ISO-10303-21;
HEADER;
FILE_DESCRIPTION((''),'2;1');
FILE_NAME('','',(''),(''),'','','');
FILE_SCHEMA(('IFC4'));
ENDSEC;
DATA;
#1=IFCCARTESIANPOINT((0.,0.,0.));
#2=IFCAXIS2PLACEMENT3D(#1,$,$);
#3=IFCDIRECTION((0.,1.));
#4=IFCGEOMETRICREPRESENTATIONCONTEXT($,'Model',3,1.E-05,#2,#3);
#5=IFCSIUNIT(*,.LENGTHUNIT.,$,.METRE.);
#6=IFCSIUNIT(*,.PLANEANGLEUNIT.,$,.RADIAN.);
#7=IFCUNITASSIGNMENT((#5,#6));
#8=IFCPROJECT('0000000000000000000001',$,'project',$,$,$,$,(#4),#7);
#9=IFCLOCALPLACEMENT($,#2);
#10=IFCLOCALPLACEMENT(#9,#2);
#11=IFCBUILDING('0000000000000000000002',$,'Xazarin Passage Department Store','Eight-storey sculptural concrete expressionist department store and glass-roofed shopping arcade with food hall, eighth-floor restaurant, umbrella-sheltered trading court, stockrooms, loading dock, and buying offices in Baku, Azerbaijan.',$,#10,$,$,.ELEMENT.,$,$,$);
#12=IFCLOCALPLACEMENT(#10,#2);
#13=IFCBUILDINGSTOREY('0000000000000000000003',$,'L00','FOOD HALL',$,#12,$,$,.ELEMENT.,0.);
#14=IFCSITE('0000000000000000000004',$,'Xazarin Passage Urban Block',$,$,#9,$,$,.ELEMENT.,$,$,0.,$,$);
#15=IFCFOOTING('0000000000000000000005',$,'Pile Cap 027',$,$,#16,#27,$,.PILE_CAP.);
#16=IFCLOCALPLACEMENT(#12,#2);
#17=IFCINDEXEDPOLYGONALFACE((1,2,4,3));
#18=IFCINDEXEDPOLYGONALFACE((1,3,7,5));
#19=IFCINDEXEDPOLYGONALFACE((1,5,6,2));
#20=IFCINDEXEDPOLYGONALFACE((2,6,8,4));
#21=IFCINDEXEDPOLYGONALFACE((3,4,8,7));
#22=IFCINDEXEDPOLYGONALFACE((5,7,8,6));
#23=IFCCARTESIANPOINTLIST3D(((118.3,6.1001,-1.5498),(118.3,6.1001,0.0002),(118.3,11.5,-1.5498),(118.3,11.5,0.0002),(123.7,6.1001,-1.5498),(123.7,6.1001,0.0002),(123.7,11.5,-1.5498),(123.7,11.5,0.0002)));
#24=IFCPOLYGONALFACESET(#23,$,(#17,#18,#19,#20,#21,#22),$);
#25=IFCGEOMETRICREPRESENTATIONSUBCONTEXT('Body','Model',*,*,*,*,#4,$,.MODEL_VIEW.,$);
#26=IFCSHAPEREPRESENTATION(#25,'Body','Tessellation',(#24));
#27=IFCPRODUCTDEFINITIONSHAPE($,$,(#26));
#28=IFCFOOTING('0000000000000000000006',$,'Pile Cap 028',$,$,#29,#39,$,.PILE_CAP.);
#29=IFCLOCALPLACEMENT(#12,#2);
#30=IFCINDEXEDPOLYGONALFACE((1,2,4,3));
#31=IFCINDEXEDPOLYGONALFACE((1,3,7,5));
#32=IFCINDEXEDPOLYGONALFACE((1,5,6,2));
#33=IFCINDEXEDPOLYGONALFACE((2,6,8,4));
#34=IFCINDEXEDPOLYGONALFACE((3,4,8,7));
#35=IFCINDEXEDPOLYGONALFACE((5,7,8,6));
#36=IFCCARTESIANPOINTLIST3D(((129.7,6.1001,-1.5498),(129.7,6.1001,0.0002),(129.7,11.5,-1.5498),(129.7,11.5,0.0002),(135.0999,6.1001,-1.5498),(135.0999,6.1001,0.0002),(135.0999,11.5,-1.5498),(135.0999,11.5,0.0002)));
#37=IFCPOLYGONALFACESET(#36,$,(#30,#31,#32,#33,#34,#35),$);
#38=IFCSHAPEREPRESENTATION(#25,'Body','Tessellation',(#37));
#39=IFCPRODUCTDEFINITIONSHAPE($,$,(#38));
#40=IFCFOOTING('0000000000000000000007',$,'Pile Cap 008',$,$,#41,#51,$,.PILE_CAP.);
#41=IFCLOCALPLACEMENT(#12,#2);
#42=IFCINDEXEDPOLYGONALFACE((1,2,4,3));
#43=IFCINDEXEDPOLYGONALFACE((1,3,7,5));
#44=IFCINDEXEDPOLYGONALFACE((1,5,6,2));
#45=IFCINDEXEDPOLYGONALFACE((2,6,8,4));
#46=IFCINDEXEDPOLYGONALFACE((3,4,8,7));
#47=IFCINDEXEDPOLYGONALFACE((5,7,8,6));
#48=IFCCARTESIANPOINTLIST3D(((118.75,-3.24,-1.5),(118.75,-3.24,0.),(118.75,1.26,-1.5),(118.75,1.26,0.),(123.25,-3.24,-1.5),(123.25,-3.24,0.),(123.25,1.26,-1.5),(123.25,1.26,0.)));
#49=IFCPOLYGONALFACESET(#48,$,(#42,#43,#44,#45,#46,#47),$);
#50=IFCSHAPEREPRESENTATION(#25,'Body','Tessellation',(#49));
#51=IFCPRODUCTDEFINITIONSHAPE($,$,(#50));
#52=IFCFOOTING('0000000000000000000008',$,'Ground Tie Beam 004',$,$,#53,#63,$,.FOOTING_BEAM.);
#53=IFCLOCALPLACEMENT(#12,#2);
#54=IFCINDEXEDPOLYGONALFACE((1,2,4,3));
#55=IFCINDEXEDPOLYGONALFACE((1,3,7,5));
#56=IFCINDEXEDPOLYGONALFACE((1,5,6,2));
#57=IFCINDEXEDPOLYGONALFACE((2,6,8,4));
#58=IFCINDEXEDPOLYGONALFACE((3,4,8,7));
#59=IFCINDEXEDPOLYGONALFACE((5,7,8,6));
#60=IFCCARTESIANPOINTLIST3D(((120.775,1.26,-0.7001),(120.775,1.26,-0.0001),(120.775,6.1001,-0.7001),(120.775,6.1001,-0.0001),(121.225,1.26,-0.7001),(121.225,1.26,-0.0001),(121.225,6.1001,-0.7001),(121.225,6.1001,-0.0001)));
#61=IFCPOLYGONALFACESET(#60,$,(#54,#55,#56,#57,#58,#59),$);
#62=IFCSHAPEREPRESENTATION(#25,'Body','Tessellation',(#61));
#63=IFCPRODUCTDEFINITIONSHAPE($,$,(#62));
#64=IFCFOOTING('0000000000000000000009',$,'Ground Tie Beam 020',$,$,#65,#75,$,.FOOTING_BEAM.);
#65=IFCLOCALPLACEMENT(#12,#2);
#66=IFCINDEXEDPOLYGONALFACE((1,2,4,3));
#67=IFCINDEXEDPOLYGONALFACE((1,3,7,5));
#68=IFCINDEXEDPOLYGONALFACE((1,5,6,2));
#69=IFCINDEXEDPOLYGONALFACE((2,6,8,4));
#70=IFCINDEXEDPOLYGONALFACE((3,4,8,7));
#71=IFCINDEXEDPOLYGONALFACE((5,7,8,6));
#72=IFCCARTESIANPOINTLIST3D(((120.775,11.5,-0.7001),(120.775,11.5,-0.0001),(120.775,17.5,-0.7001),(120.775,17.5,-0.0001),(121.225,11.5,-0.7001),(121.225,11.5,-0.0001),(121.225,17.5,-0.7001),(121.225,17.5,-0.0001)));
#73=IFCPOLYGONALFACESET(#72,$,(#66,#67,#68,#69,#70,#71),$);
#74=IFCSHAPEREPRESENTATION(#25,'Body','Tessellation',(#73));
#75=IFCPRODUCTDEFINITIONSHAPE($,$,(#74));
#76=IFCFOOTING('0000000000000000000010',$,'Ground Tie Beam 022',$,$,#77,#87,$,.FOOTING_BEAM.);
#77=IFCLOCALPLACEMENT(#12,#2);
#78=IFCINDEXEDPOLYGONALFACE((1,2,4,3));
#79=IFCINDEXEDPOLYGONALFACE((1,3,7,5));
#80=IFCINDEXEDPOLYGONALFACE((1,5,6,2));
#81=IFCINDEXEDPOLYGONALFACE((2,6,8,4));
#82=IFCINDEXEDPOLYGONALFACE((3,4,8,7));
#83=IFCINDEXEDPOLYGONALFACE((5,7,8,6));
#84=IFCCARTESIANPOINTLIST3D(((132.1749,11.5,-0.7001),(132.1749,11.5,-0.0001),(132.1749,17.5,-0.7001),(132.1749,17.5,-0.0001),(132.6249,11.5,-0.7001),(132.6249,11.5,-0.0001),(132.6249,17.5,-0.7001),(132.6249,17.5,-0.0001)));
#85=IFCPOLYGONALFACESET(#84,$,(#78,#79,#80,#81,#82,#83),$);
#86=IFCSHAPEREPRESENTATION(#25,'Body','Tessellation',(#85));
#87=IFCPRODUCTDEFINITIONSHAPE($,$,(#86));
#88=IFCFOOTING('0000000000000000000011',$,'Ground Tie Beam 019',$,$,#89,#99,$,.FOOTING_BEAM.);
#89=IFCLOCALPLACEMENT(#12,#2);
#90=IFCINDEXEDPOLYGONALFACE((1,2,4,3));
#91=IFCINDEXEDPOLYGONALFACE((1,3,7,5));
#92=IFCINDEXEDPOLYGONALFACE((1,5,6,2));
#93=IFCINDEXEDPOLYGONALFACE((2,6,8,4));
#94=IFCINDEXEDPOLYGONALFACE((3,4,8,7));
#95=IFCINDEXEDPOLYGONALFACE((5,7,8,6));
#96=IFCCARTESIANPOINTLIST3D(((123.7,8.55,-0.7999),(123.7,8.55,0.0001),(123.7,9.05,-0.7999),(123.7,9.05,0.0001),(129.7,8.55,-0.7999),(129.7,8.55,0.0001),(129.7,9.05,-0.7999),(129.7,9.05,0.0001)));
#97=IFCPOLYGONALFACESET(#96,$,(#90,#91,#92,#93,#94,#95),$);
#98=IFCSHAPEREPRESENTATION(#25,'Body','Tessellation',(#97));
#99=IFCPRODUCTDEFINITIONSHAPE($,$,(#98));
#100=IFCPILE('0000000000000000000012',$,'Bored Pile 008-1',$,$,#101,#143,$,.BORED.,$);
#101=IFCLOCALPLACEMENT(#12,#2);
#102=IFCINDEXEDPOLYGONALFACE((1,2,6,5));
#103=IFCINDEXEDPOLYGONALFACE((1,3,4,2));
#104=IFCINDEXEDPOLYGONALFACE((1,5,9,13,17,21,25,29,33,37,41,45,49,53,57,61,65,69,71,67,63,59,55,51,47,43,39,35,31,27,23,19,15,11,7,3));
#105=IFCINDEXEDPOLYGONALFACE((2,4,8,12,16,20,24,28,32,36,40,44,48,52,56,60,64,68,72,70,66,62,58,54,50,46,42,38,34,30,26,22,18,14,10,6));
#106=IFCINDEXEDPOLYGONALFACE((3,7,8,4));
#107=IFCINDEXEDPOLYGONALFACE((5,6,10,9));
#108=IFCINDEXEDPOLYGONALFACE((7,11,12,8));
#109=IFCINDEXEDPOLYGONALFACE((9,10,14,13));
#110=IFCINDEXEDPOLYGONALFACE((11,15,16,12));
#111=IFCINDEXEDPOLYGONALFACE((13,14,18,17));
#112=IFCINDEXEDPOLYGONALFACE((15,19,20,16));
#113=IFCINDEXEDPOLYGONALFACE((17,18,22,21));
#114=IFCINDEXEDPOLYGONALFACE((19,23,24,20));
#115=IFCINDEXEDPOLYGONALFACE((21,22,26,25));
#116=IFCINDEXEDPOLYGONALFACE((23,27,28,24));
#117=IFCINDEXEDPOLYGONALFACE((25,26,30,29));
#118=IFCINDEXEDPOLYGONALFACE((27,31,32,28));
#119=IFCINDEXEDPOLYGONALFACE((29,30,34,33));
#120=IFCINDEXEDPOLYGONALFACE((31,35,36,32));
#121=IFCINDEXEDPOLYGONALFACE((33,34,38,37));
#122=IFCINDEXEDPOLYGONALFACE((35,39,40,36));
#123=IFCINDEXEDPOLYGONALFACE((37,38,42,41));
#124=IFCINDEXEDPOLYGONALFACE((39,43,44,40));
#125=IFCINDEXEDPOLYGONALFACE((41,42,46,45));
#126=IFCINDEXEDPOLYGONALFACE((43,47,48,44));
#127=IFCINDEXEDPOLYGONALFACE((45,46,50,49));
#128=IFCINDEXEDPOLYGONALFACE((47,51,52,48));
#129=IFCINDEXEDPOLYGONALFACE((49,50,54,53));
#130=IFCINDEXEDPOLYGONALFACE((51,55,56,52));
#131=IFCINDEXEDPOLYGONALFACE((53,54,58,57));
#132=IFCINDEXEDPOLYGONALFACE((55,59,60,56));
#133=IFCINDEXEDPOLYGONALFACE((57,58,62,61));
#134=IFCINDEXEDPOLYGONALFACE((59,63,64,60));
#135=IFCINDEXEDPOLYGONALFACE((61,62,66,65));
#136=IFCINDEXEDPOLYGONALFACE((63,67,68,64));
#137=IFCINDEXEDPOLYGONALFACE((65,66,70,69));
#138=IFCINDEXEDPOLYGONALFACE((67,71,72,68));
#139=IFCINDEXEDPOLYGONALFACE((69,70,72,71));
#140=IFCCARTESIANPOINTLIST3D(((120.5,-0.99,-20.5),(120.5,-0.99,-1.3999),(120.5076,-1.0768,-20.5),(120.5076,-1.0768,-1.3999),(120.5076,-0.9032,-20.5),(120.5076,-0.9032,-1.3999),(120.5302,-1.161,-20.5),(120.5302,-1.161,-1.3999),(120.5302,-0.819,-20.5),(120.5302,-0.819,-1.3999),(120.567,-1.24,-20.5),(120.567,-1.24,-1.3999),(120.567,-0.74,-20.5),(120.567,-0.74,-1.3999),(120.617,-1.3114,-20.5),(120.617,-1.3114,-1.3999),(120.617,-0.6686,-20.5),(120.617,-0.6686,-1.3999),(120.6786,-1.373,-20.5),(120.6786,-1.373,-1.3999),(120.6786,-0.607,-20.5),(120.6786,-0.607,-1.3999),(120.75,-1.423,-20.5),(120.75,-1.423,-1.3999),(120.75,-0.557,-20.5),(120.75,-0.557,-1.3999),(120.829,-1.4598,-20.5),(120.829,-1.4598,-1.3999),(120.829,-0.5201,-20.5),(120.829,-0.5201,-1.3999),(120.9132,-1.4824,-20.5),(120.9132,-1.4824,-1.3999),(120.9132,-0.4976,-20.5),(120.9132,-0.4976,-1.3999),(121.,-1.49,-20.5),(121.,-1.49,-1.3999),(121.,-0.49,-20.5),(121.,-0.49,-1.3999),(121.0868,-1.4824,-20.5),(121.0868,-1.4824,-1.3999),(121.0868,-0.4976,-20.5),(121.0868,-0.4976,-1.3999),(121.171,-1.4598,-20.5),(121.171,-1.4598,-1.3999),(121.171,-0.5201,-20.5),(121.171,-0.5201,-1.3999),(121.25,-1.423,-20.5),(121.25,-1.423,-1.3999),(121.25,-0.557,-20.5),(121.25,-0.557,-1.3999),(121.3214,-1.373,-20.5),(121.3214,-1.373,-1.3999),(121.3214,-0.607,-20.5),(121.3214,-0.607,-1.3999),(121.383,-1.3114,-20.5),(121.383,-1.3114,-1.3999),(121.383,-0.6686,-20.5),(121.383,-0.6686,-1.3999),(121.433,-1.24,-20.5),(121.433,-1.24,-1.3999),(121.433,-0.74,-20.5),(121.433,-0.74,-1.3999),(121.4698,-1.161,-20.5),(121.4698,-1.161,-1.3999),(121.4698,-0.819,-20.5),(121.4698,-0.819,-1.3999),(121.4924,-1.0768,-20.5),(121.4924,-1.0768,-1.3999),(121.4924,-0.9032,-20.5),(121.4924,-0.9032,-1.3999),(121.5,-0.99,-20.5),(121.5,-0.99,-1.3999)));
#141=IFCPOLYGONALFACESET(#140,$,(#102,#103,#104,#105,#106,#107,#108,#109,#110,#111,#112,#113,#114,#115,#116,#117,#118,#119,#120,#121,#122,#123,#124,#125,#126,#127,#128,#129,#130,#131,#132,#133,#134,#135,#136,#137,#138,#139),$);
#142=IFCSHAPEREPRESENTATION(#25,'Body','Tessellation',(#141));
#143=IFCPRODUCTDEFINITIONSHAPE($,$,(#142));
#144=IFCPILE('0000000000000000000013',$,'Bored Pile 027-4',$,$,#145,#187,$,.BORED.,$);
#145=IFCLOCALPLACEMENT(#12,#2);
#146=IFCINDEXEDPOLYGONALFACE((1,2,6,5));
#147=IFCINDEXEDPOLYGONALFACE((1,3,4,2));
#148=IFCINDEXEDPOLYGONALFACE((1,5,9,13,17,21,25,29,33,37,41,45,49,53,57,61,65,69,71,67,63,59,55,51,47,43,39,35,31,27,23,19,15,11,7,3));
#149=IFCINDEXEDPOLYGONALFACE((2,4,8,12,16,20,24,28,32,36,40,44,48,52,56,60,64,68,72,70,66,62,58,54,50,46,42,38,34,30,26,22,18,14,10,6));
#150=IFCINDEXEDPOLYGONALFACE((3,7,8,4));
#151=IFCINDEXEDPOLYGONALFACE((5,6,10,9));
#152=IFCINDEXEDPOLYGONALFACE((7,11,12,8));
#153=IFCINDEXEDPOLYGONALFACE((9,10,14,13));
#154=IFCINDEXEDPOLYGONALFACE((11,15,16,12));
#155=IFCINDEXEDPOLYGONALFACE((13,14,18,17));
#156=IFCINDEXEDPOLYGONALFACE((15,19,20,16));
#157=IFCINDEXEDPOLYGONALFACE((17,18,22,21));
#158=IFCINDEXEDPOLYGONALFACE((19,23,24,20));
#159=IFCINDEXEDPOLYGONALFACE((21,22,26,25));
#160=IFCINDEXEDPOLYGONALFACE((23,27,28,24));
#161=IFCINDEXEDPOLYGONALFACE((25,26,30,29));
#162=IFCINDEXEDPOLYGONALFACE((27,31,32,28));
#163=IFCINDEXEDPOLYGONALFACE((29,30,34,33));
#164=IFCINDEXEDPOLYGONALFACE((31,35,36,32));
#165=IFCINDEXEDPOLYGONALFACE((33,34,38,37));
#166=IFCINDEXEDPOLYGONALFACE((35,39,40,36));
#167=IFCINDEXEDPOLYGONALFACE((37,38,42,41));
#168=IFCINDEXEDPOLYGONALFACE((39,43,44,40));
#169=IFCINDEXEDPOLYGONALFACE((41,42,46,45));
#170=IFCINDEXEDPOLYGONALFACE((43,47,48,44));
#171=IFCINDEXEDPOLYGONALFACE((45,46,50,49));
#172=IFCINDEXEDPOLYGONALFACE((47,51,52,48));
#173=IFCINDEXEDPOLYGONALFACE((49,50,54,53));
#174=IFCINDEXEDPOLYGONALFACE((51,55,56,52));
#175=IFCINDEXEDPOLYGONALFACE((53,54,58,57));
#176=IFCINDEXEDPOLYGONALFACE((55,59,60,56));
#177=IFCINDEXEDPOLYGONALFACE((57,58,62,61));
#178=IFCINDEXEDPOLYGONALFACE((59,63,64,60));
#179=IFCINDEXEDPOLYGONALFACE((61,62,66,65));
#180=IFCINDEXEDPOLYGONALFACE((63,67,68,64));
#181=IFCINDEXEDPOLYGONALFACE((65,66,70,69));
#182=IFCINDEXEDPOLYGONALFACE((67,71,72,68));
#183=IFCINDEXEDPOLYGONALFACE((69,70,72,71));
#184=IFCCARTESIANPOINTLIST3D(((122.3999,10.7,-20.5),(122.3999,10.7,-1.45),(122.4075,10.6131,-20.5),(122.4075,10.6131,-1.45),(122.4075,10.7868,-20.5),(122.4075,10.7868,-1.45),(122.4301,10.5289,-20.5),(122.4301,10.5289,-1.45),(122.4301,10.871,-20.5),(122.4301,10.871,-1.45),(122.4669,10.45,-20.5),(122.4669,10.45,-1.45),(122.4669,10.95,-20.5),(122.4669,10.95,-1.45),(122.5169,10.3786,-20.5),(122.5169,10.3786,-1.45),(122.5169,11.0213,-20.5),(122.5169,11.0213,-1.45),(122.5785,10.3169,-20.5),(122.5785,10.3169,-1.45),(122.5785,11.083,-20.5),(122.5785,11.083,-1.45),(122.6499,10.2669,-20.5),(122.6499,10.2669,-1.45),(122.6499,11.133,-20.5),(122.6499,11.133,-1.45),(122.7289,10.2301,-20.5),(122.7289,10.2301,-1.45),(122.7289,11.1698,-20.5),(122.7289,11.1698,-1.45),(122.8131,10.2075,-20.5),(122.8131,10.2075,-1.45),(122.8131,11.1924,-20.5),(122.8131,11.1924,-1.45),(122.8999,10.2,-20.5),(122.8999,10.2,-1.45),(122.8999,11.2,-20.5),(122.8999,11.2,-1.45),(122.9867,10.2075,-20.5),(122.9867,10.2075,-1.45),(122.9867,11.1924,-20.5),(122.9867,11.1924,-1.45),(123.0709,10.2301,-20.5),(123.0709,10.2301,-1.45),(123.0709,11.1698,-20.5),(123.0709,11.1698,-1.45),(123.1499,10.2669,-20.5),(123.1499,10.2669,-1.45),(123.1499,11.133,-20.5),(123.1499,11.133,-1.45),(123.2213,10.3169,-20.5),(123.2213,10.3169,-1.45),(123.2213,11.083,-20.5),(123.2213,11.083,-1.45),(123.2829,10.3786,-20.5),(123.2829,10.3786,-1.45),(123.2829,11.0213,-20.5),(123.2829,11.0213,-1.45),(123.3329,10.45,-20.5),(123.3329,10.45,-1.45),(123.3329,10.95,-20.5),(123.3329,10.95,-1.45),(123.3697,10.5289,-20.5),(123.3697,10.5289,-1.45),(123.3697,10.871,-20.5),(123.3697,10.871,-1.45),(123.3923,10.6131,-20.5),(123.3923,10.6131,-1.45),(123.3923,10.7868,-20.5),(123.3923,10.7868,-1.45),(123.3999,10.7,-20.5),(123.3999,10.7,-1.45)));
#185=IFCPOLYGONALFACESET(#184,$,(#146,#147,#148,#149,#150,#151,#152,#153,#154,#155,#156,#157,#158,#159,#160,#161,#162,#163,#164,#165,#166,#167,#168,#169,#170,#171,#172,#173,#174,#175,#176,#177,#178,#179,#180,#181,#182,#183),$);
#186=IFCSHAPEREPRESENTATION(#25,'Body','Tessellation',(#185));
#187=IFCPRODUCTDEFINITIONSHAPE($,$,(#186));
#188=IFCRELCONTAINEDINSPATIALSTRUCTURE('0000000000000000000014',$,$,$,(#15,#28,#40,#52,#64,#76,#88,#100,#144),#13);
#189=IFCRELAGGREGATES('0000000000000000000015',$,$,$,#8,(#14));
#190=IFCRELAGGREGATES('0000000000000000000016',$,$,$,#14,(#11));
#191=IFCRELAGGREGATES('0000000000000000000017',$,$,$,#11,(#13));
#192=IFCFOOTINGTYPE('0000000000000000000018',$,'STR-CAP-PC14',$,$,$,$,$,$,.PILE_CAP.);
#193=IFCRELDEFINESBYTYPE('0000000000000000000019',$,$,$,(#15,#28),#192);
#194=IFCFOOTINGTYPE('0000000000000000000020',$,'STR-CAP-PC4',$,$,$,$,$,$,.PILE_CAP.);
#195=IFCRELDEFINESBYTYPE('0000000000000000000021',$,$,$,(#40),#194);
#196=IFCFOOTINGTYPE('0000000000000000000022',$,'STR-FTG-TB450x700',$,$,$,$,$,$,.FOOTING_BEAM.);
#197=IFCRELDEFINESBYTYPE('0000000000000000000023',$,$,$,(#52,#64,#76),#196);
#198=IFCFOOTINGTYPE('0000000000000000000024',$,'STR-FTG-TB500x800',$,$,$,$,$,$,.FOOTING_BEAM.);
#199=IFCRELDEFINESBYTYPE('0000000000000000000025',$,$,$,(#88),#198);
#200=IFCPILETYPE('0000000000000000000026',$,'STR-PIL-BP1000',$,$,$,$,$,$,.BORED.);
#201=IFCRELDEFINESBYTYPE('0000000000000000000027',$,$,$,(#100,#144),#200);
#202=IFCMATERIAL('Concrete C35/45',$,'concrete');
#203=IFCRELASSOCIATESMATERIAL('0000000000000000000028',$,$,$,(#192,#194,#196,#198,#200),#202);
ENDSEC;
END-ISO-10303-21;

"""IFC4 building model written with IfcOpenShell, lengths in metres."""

from ifc_helpers import new_model, si_unit, direction, frame, origin, origin_2d, place, context, subcontext, project, spatial, rectangle, circle, extrude, material, material_profile, profile_set, type_object, element, save


model = new_model("IFC4")

# Units and contexts
model_context = context("Model", 3, precision=1e-05, world=origin(), true_north=direction((0.0, 1.0)))
body_context = subcontext(model_context, "Body", "Model", "MODEL_VIEW")
ifc_project = project(units=[si_unit("LENGTHUNIT", "METRE"), si_unit("PLANEANGLEUNIT", "RADIAN")], contexts=[model_context])

# Site, building, storey
site_placement = place(None, origin())
site = spatial("IfcSite", under=ifc_project, at=site_placement, Name="Xazarin Passage Urban Block", CompositionType="ELEMENT", RefElevation=0.0)
building_placement = place(site_placement, origin())
building = spatial("IfcBuilding", under=site, at=building_placement, Name="Xazarin Passage Department Store", Description="Eight-storey sculptural concrete expressionist department store and glass-roofed shopping arcade with food hall, eighth-floor restaurant, umbrella-sheltered trading court, stockrooms, loading dock, and buying offices in Baku, Azerbaijan.", CompositionType="ELEMENT")
storey_placement = place(building_placement, origin())
storey = spatial("IfcBuildingStorey", under=building, at=storey_placement, Name="L00", Description="FOOD HALL", CompositionType="ELEMENT", Elevation=0.0)

# Footings
ifc_material_1 = material(Name="Concrete C35/45", Category="concrete")
footing_type_1 = type_object("IfcFootingType", Name="STR-CAP-PC14", PredefinedType="PILE_CAP", material=ifc_material_1)
for number, where, z_axis, x_axis, name in (
    (1, (121.0, 8.8, -1.5498), (0.0, 0.0, 1.0), (1.0, 0.0, 0.0), "Pile Cap 027"),
    (2, (132.3999, 8.8, -1.5498), (0.0, 0.0, 1.0), (1.0, 0.0, 0.0), "Pile Cap 028"),
):
    element("IfcFooting", number, at=place(storey_placement, frame(where, z_axis=z_axis, x_axis=x_axis)), inside=storey, type_object=footing_type_1, Name=name, PredefinedType="PILE_CAP", context=body_context, shape_type="SweptSolid", body=[
        extrude(rectangle(XDim=5.3999, YDim=5.3999, at=origin_2d()), origin(), (0.0, 0.0, 1.0), 1.55),
    ])
footing_type_2 = type_object("IfcFootingType", Name="STR-CAP-PC4", PredefinedType="PILE_CAP", material=ifc_material_1)
footing_1_placement = place(storey_placement, frame((121.0, -0.99, -1.5), z_axis=(0.0, 0.0, 1.0), x_axis=(1.0, 0.0, 0.0)))
element("IfcFooting", 3, at=footing_1_placement, inside=storey, type_object=footing_type_2, Name="Pile Cap 008", PredefinedType="PILE_CAP", context=body_context, shape_type="SweptSolid", body=[
    extrude(rectangle(XDim=4.5, YDim=4.5, at=origin_2d()), origin(), (0.0, 0.0, 1.0), 1.5),
])
ifc_material_profile_1 = material_profile(ifc_material_1, rectangle(XDim=0.45, YDim=0.7, at=origin_2d()), Name="RC 450x700")
ifc_profile_set_1 = profile_set([ifc_material_profile_1], Name="Concrete C35/45")
footing_type_3 = type_object("IfcFootingType", Name="STR-FTG-TB450x700", PredefinedType="FOOTING_BEAM", material=ifc_profile_set_1)
footing_2_placement = place(storey_placement, frame((121.0, 1.26, -0.3501), z_axis=(0.0, 1.0, 0.0), x_axis=(-1.0, 0.0, 0.0)))
element("IfcFooting", 4, at=footing_2_placement, inside=storey, type_object=footing_type_3, Name="Ground Tie Beam 004", PredefinedType="FOOTING_BEAM", context=body_context, shape_type="SweptSolid", body=[
    extrude(rectangle(XDim=0.45, YDim=0.7, at=origin_2d()), origin(), (0.0, 0.0, 1.0), 4.8401),
])
for number, where, z_axis, x_axis, name in (
    (5, (121.0, 11.5, -0.3501), (0.0, 1.0, 0.0), (-1.0, 0.0, 0.0), "Ground Tie Beam 020"),
    (6, (132.3999, 11.5, -0.3501), (0.0, 1.0, 0.0), (-1.0, 0.0, 0.0), "Ground Tie Beam 022"),
):
    element("IfcFooting", number, at=place(storey_placement, frame(where, z_axis=z_axis, x_axis=x_axis)), inside=storey, type_object=footing_type_3, Name=name, PredefinedType="FOOTING_BEAM", context=body_context, shape_type="SweptSolid", body=[
        extrude(rectangle(XDim=0.45, YDim=0.7, at=origin_2d()), origin(), (0.0, 0.0, 1.0), 6.0),
    ])
ifc_material_profile_2 = material_profile(ifc_material_1, rectangle(XDim=0.5, YDim=0.8, at=origin_2d()), Name="RC 500x800")
ifc_profile_set_2 = profile_set([ifc_material_profile_2], Name="Concrete C35/45")
footing_type_4 = type_object("IfcFootingType", Name="STR-FTG-TB500x800", PredefinedType="FOOTING_BEAM", material=ifc_profile_set_2)
footing_3_placement = place(storey_placement, frame((123.7, 8.8, -0.3999), z_axis=(1.0, 0.0, 0.0), x_axis=(0.0, 1.0, 0.0)))
element("IfcFooting", 7, at=footing_3_placement, inside=storey, type_object=footing_type_4, Name="Ground Tie Beam 019", PredefinedType="FOOTING_BEAM", context=body_context, shape_type="SweptSolid", body=[
    extrude(rectangle(XDim=0.5, YDim=0.8, at=origin_2d()), origin(), (0.0, 0.0, 1.0), 6.0),
])

# Piles
ifc_material_profile_3 = material_profile(ifc_material_1, circle(Radius=0.5, at=origin_2d()), Name="BP 1000")
ifc_profile_set_3 = profile_set([ifc_material_profile_3], Name="Concrete C35/45")
pile_type_1 = type_object("IfcPileType", Name="STR-PIL-BP1000", PredefinedType="BORED", material=ifc_profile_set_3)
pile_placement = place(storey_placement, frame((121.0, -0.99, -1.3999), z_axis=(0.0, 0.0, -1.0), x_axis=(1.0, 0.0, 0.0)))
element("IfcPile", 8, at=pile_placement, inside=storey, type_object=pile_type_1, Name="Bored Pile 008-1", PredefinedType="BORED", context=body_context, shape_type="SweptSolid", body=[
    extrude(circle(Radius=0.5, at=origin_2d()), origin(), (0.0, 0.0, 1.0), 19.1001),
])
for number, where, z_axis, x_axis, name in (
    (9, (122.8999, 10.7, -1.45), (0.0, 0.0, -1.0), (1.0, 0.0, 0.0), "Bored Pile 027-4"),
):
    element("IfcPile", number, at=place(storey_placement, frame(where, z_axis=z_axis, x_axis=x_axis)), inside=storey, type_object=pile_type_1, Name=name, PredefinedType="BORED", context=body_context, shape_type="SweptSolid", body=[
        extrude(circle(Radius=0.5, at=origin_2d()), origin(), (0.0, 0.0, 1.0), 19.05),
    ])

save(model, "model.ifc")
